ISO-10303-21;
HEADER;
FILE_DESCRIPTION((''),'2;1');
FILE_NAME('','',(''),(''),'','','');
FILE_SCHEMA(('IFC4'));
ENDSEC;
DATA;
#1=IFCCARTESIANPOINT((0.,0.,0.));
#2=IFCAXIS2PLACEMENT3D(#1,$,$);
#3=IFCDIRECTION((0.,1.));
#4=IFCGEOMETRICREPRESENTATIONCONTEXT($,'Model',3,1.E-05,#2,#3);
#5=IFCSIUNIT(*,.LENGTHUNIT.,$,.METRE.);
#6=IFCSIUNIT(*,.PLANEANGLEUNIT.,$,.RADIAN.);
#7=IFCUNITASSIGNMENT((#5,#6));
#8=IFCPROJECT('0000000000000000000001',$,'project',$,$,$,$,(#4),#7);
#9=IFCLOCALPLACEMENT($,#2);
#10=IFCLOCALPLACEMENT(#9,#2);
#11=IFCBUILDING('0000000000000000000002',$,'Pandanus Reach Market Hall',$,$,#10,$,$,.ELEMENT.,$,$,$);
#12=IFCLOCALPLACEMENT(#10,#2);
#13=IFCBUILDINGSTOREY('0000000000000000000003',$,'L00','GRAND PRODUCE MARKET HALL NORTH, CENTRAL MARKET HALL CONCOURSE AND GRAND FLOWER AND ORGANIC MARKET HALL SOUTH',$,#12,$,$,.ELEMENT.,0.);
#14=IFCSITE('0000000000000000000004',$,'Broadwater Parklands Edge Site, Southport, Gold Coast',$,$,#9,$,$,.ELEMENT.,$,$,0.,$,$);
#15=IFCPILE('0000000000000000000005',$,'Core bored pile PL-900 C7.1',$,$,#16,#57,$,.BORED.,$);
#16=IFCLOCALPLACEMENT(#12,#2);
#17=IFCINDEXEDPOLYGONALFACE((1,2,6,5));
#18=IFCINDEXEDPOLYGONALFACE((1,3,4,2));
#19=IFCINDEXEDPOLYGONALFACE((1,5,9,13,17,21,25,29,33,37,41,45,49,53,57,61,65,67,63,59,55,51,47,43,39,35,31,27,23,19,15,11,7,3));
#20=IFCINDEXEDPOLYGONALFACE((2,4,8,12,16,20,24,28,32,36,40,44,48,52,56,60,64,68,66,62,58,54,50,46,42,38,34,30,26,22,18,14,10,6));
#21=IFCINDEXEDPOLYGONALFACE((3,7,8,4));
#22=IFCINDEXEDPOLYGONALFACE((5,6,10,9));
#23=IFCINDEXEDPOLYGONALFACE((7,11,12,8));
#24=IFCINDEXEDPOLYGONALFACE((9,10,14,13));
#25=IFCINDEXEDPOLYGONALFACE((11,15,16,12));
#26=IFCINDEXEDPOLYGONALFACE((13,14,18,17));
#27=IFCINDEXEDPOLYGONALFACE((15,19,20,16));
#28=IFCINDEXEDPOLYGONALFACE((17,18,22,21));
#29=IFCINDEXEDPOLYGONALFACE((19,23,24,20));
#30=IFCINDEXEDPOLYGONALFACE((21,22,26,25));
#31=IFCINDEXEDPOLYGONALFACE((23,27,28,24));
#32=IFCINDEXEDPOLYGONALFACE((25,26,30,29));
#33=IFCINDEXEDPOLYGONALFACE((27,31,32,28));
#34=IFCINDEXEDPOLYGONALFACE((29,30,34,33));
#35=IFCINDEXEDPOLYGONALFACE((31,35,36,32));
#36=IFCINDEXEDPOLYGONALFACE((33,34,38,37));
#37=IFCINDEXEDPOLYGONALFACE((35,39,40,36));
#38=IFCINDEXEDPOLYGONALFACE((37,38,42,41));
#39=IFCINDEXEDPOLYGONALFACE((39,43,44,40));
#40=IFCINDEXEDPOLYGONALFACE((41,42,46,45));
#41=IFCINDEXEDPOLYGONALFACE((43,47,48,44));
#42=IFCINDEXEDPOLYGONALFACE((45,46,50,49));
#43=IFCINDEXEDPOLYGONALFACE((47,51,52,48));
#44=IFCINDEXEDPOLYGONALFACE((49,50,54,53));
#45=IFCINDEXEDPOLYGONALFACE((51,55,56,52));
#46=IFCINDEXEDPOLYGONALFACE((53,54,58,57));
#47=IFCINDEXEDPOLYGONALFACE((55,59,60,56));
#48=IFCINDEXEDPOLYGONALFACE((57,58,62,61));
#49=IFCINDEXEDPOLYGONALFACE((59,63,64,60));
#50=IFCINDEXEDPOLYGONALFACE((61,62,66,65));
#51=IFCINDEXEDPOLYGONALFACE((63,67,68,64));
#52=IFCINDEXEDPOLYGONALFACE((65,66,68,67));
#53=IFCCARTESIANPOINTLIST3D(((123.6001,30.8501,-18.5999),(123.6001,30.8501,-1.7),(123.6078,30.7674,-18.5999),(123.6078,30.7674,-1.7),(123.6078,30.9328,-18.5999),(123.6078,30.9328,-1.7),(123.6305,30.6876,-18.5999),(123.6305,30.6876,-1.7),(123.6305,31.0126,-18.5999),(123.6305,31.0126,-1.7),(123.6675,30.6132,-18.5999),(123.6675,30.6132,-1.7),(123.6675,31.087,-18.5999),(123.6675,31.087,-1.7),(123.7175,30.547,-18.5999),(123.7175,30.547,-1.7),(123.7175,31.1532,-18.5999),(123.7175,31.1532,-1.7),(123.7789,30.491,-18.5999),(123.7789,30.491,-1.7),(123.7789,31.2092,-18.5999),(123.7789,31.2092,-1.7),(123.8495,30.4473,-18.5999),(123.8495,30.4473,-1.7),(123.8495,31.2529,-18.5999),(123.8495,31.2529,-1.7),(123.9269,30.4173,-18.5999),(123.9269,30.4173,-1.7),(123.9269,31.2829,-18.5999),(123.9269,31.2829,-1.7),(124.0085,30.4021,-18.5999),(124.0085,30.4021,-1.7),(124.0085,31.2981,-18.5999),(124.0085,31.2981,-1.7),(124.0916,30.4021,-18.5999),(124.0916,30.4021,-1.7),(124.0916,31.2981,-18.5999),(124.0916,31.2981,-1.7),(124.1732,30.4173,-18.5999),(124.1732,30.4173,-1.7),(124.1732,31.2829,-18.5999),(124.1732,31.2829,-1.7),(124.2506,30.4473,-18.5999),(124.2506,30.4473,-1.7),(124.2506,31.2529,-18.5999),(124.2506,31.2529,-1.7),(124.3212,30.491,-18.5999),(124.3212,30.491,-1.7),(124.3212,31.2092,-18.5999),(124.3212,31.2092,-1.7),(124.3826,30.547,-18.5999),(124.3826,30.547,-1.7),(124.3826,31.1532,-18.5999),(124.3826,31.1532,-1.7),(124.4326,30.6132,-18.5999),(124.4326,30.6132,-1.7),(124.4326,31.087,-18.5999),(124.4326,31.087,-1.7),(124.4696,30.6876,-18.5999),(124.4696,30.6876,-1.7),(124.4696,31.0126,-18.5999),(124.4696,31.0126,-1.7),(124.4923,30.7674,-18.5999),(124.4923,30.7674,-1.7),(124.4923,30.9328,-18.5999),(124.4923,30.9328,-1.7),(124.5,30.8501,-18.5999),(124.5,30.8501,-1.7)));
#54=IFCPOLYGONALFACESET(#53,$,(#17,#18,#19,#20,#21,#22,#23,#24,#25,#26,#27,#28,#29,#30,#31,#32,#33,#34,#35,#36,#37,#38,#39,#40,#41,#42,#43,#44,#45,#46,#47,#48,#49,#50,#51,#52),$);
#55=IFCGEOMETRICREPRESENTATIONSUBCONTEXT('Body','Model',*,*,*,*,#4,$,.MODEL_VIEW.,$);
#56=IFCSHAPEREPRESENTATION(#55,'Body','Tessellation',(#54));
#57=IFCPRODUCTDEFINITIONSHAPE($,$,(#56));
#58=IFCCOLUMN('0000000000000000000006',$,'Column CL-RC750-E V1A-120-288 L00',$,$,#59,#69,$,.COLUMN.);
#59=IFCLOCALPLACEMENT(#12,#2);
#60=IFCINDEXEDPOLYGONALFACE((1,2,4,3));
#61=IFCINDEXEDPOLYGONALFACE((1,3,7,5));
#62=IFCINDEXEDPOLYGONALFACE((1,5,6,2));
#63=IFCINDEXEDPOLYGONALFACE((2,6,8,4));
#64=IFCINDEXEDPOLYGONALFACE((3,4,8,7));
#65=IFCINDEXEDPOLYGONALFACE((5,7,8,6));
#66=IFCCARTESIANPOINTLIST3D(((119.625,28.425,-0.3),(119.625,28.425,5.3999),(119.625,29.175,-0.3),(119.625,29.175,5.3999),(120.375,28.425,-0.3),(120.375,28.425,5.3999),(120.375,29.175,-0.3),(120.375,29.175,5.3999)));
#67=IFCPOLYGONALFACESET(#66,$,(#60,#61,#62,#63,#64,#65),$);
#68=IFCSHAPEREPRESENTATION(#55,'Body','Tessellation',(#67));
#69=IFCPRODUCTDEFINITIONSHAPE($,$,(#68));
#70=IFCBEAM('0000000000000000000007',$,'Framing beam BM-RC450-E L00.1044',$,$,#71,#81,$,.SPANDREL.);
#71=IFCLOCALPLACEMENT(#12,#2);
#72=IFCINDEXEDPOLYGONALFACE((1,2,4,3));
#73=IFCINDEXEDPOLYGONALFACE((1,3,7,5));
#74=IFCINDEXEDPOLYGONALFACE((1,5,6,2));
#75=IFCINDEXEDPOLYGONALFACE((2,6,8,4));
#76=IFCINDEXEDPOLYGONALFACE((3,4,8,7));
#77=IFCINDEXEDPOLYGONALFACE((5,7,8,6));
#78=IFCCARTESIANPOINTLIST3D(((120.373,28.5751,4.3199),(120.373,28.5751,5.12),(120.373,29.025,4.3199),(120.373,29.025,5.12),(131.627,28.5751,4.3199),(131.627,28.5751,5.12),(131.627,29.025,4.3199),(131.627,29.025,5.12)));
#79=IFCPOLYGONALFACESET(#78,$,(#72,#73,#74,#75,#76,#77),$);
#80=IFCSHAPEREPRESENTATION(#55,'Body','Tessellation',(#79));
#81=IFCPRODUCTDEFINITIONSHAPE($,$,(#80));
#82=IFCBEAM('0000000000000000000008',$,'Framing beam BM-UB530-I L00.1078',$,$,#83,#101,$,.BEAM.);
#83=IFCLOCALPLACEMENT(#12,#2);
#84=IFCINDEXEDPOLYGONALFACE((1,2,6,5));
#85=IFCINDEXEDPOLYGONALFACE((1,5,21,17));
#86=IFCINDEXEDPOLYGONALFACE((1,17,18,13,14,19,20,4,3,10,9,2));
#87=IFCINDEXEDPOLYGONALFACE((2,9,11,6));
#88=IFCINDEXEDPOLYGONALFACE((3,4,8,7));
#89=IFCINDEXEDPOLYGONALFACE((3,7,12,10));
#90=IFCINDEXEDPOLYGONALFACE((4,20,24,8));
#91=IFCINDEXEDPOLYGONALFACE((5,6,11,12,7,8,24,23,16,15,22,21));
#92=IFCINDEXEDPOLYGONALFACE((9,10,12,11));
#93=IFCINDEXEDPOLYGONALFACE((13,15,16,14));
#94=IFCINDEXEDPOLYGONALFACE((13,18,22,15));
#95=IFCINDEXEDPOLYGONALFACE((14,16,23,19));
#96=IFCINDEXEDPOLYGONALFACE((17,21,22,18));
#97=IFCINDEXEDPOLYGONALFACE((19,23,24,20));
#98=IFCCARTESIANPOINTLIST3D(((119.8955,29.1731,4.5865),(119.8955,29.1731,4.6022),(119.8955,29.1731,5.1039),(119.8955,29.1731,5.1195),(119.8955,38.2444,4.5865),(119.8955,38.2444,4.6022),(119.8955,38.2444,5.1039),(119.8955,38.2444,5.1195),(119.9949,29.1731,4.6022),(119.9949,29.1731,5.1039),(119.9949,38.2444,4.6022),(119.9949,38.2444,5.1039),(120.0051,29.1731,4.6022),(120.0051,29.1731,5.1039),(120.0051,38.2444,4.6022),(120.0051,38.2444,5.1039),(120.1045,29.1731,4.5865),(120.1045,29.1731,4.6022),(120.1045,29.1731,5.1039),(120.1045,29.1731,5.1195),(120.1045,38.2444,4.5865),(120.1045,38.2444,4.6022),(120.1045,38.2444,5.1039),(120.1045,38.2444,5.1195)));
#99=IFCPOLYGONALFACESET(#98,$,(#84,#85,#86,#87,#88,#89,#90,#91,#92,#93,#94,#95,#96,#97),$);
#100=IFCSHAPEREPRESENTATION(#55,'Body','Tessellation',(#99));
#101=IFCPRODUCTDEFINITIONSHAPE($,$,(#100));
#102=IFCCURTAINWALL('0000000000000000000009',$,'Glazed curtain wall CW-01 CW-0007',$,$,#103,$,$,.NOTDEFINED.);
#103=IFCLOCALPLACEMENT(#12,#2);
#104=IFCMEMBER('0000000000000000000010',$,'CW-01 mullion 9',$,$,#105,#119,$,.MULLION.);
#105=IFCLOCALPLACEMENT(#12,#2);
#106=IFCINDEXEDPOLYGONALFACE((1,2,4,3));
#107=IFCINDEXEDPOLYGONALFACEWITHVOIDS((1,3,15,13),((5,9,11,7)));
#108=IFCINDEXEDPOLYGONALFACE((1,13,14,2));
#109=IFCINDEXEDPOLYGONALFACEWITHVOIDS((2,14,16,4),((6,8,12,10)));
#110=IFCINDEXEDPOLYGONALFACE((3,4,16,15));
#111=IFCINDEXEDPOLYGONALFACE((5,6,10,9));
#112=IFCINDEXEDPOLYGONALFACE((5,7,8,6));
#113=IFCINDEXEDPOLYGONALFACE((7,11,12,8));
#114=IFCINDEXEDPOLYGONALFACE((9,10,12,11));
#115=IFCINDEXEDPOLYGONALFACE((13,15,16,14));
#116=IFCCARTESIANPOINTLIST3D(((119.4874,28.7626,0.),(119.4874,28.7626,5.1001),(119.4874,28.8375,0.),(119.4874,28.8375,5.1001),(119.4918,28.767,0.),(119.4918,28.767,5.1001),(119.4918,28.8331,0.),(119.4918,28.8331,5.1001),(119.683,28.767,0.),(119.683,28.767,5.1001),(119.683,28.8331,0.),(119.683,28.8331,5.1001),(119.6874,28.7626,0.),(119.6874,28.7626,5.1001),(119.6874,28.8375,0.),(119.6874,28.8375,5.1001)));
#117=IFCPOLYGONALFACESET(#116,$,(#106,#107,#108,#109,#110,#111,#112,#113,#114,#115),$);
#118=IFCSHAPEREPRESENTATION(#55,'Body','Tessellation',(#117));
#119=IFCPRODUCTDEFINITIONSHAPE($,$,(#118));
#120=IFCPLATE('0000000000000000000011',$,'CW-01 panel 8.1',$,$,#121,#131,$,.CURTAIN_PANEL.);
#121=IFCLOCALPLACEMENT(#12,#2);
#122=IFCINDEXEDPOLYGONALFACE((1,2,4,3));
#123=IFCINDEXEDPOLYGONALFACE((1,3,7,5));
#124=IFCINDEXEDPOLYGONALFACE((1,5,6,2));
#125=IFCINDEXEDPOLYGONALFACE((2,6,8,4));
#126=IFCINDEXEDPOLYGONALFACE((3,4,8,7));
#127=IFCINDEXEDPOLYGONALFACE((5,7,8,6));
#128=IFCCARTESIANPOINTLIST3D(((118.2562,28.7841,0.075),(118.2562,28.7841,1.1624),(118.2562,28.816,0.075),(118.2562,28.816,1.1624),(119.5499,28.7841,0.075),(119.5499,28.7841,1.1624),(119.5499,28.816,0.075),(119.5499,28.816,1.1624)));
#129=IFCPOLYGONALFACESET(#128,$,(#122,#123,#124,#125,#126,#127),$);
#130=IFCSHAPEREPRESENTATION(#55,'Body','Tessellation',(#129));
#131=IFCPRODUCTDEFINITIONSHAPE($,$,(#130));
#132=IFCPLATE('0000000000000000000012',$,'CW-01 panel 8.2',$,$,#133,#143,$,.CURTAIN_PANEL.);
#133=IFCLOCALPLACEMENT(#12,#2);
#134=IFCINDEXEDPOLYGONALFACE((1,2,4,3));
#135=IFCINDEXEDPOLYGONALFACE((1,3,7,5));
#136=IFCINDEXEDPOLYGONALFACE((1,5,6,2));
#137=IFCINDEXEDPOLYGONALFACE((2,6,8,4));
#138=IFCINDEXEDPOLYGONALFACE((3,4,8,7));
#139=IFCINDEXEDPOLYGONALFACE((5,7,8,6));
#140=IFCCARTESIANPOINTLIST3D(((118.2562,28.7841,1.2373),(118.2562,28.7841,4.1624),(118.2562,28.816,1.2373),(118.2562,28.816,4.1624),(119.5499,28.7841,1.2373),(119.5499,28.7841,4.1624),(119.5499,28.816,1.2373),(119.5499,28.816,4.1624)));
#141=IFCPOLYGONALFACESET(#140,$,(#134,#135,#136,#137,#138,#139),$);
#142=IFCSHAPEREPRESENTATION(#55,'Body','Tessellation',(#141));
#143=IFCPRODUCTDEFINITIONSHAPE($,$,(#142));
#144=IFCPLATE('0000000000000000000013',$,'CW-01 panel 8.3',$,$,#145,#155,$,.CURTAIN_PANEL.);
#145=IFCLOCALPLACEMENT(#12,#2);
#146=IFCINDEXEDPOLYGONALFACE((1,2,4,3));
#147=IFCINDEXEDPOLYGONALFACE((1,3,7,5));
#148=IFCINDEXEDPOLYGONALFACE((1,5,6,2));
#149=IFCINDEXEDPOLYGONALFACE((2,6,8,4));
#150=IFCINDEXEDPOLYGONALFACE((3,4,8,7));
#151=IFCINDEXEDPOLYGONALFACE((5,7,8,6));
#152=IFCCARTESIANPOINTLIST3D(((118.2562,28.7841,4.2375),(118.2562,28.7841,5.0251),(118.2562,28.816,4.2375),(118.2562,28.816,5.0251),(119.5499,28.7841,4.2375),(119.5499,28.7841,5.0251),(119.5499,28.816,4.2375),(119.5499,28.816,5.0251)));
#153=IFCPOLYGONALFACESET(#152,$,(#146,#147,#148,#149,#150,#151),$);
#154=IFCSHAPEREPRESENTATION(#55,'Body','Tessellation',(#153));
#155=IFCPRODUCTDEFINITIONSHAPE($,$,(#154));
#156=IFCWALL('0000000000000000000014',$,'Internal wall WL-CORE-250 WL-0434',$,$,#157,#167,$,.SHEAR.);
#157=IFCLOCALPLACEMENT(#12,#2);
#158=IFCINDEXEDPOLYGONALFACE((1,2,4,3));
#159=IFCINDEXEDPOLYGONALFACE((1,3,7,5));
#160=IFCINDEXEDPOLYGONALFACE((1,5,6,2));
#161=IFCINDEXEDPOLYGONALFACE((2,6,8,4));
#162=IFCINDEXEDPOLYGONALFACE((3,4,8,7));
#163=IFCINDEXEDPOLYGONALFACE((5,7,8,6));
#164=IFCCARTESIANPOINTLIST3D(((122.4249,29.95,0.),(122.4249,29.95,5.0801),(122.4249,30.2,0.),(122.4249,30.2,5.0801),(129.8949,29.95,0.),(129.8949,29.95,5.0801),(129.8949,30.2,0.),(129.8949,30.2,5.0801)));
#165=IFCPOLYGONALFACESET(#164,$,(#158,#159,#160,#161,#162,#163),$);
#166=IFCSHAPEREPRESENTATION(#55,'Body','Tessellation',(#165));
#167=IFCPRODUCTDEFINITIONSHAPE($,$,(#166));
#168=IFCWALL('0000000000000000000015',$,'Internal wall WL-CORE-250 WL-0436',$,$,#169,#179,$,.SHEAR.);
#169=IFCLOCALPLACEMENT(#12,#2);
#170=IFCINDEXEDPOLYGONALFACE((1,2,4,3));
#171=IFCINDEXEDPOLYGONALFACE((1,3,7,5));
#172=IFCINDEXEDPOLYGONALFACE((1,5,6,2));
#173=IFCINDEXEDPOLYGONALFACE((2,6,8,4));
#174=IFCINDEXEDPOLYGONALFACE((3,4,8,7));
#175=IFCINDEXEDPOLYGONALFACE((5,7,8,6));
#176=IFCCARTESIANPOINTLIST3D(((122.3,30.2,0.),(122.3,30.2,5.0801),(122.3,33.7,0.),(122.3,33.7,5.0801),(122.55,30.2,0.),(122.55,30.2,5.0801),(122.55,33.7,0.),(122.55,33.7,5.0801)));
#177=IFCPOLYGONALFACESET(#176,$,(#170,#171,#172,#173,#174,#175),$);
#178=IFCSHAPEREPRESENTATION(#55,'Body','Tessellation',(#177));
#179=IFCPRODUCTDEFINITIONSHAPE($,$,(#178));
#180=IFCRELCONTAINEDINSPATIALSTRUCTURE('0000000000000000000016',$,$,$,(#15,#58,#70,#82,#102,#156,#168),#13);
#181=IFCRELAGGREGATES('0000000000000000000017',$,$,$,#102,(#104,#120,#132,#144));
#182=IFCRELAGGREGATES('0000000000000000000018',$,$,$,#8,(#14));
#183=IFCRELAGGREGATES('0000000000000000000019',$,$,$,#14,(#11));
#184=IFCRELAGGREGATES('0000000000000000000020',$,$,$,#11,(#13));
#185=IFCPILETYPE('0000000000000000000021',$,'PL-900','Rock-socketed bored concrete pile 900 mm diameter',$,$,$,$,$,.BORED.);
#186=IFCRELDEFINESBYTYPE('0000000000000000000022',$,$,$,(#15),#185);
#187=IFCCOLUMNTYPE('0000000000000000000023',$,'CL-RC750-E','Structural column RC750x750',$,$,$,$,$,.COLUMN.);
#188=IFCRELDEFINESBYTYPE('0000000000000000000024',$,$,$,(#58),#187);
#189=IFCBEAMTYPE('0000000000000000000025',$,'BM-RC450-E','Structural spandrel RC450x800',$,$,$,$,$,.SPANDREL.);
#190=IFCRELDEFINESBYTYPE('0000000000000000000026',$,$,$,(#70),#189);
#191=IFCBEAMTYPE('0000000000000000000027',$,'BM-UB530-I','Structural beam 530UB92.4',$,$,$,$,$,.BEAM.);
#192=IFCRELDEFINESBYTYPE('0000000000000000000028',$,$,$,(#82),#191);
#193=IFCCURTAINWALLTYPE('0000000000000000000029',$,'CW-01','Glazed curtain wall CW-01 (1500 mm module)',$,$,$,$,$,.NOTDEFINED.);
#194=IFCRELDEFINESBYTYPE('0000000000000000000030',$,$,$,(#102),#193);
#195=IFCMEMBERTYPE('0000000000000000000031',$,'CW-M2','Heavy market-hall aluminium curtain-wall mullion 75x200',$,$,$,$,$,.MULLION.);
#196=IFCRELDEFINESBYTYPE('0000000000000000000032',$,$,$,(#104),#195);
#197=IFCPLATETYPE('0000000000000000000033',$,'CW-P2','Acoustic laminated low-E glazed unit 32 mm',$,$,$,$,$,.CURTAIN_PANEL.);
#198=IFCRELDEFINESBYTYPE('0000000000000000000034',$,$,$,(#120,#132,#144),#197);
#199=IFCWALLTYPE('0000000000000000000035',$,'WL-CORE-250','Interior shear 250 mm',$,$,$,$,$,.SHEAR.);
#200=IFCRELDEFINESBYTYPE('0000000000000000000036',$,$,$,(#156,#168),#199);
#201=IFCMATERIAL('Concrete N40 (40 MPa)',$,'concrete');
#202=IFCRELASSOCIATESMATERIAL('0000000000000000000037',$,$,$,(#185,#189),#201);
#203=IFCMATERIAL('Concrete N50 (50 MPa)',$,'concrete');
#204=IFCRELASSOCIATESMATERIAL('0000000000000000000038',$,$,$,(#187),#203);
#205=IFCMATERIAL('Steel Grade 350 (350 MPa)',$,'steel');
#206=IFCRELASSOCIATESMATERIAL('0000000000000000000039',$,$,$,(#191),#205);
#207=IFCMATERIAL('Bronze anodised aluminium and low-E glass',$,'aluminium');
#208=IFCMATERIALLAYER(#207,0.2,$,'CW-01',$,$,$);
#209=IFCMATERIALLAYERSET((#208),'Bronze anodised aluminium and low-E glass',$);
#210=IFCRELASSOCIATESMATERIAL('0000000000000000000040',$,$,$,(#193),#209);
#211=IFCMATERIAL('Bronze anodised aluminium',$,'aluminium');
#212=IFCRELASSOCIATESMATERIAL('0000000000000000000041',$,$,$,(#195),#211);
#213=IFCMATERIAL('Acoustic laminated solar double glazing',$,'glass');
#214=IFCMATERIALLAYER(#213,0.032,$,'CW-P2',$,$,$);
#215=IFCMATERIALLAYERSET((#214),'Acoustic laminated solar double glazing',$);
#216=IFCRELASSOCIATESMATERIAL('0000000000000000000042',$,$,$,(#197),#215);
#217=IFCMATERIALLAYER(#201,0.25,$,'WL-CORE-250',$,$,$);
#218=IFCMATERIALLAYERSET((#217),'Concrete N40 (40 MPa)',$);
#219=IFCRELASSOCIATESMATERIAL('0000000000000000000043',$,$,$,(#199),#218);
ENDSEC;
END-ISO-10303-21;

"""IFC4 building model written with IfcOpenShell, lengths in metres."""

from ifc_helpers import new_model, si_unit, direction, frame, frame_2d, origin, origin_2d, place, context, subcontext, project, spatial, rectangle, hollow_rectangle, circle, i_section, extrude, material, layer, layer_set, material_profile, profile_set, type_object, element, aggregate, save


model = new_model("IFC4")

# Units and contexts
model_context = context("Model", 3, precision=1e-05, world=origin(), true_north=direction((0.0, 1.0)))
body_context = subcontext(model_context, "Body", "Model", "MODEL_VIEW")
ifc_project = project(units=[si_unit("LENGTHUNIT", "METRE"), si_unit("PLANEANGLEUNIT", "RADIAN")], contexts=[model_context])

# Site, building, storey
site_placement = place(None, origin())
site = spatial("IfcSite", under=ifc_project, at=site_placement, Name="Broadwater Parklands Edge Site, Southport, Gold Coast", CompositionType="ELEMENT", RefElevation=0.0)
building_placement = place(site_placement, origin())
building = spatial("IfcBuilding", under=site, at=building_placement, Name="Pandanus Reach Market Hall", CompositionType="ELEMENT")
storey_placement = place(building_placement, origin())
storey = spatial("IfcBuildingStorey", under=building, at=storey_placement, Name="L00", Description="GRAND PRODUCE MARKET HALL NORTH, CENTRAL MARKET HALL CONCOURSE AND GRAND FLOWER AND ORGANIC MARKET HALL SOUTH", CompositionType="ELEMENT", Elevation=0.0)

# Shared definitions
ifc_material_1 = material(Name="Concrete N40 (40 MPa)", Category="concrete")

# Pile
ifc_material_profile_1 = material_profile(ifc_material_1, circle(Radius=0.45, at=origin_2d()), Name="PILE-900D", Category="LoadBearing")
ifc_profile_set_1 = profile_set([ifc_material_profile_1], Name="Concrete N40 (40 MPa)")
pile_type_1 = type_object("IfcPileType", Name="PL-900", Description="Rock-socketed bored concrete pile 900 mm diameter", PredefinedType="BORED", material=ifc_profile_set_1)
pile_placement = place(storey_placement, frame((124.05, 30.8501, -1.7), z_axis=(0.0, 0.0, -1.0), x_axis=(1.0, 0.0, 0.0)))
element("IfcPile", 1, at=pile_placement, inside=storey, type_object=pile_type_1, Name="Core bored pile PL-900 C7.1", PredefinedType="BORED", context=body_context, shape_type="SweptSolid", body=[
    extrude(circle(Radius=0.45, at=origin_2d()), origin(), (0.0, 0.0, 1.0), 16.8999),
])

# Column
ifc_material_2 = material(Name="Concrete N50 (50 MPa)", Category="concrete")
ifc_material_profile_2 = material_profile(ifc_material_2, rectangle(XDim=0.75, YDim=0.75, at=origin_2d()), Name="RC750x750", Category="LoadBearing")
ifc_profile_set_2 = profile_set([ifc_material_profile_2], Name="Concrete N50 (50 MPa)")
column_type = type_object("IfcColumnType", Name="CL-RC750-E", Description="Structural column RC750x750", PredefinedType="COLUMN", material=ifc_profile_set_2)
column_placement = place(storey_placement, frame((120.0, 28.8, -0.3), z_axis=(0.0, 0.0, 1.0), x_axis=(1.0, 0.0, 0.0)))
element("IfcColumn", 2, at=column_placement, inside=storey, type_object=column_type, Name="Column CL-RC750-E V1A-120-288 L00", PredefinedType="COLUMN", context=body_context, shape_type="SweptSolid", body=[
    extrude(rectangle(XDim=0.75, YDim=0.75, at=origin_2d()), origin(), (0.0, 0.0, 1.0), 5.7),
])

# Beams
ifc_material_profile_3 = material_profile(ifc_material_1, rectangle(XDim=0.45, YDim=0.8, at=origin_2d()), Name="RC450x800", Category="LoadBearing")
ifc_profile_set_3 = profile_set([ifc_material_profile_3], Name="Concrete N40 (40 MPa)")
beam_type_1 = type_object("IfcBeamType", Name="BM-RC450-E", Description="Structural spandrel RC450x800", PredefinedType="SPANDREL", material=ifc_profile_set_3)
beam_1_placement = place(storey_placement, frame((120.373, 28.8, 4.72), z_axis=(1.0, 0.0, 0.0), x_axis=(0.0, 1.0, 0.0)))
element("IfcBeam", 3, at=beam_1_placement, inside=storey, type_object=beam_type_1, Name="Framing beam BM-RC450-E L00.1044", PredefinedType="SPANDREL", context=body_context, shape_type="SweptSolid", body=[
    extrude(rectangle(XDim=0.45, YDim=0.8, at=origin_2d()), origin(), (0.0, 0.0, 1.0), 11.2539),
])
ifc_material_3 = material(Name="Steel Grade 350 (350 MPa)", Category="steel")
ifc_material_profile_4 = material_profile(ifc_material_3, i_section(OverallWidth=0.209, OverallDepth=0.533, WebThickness=0.0103, FlangeThickness=0.0156, at=origin_2d()), Name="530UB92.4", Category="LoadBearing")
ifc_profile_set_4 = profile_set([ifc_material_profile_4], Name="Steel Grade 350 (350 MPa)")
beam_type_2 = type_object("IfcBeamType", Name="BM-UB530-I", Description="Structural beam 530UB92.4", PredefinedType="BEAM", material=ifc_profile_set_4)
beam_2_placement = place(storey_placement, frame((120.0, 29.1731, 4.853), z_axis=(0.0, 1.0, 0.0), x_axis=(-1.0, 0.0, 0.0)))
element("IfcBeam", 4, at=beam_2_placement, inside=storey, type_object=beam_type_2, Name="Framing beam BM-UB530-I L00.1078", PredefinedType="BEAM", context=body_context, shape_type="SweptSolid", body=[
    extrude(i_section(OverallWidth=0.209, OverallDepth=0.533, WebThickness=0.0103, FlangeThickness=0.0156, at=origin_2d()), origin(), (0.0, 0.0, 1.0), 9.0713),
])

# Curtain wall, member, plates
ifc_material_4 = material(Name="Bronze anodised aluminium and low-E glass", Category="aluminium")
ifc_layer_1 = layer(ifc_material_4, 0.2, Name="CW-01")
ifc_layer_set_1 = layer_set([ifc_layer_1], Name="Bronze anodised aluminium and low-E glass")
curtain_wall_type = type_object("IfcCurtainWallType", Name="CW-01", Description="Glazed curtain wall CW-01 (1500 mm module)", PredefinedType="NOTDEFINED", material=ifc_layer_set_1)
curtain_wall_placement = place(storey_placement, origin())
curtain_wall = element("IfcCurtainWall", 5, at=curtain_wall_placement, inside=storey, type_object=curtain_wall_type, Name="Glazed curtain wall CW-01 CW-0007", PredefinedType="NOTDEFINED")
ifc_material_5 = material(Name="Bronze anodised aluminium", Category="aluminium")
ifc_material_profile_5 = material_profile(ifc_material_5, hollow_rectangle(XDim=0.075, YDim=0.2, WallThickness=0.0044, at=origin_2d()), Name="ALU75x200", Category="LoadBearing")
ifc_profile_set_5 = profile_set([ifc_material_profile_5], Name="Bronze anodised aluminium")
member_type = type_object("IfcMemberType", Name="CW-M2", Description="Heavy market-hall aluminium curtain-wall mullion 75x200", PredefinedType="MULLION", material=ifc_profile_set_5)
member_placement = place(storey_placement, frame((119.5874, 28.8, 0.0), z_axis=(0.0, 0.0, 1.0), x_axis=(0.0, 1.0, 0.0)))
member = element("IfcMember", 6, at=member_placement, type_object=member_type, Name="CW-01 mullion 9", PredefinedType="MULLION", context=body_context, shape_type="SweptSolid", body=[
    extrude(hollow_rectangle(XDim=0.075, YDim=0.2, WallThickness=0.0044, at=origin_2d()), origin(), (0.0, 0.0, 1.0), 5.1001),
])
ifc_material_6 = material(Name="Acoustic laminated solar double glazing", Category="glass")
ifc_layer_2 = layer(ifc_material_6, 0.032, Name="CW-P2")
ifc_layer_set_2 = layer_set([ifc_layer_2], Name="Acoustic laminated solar double glazing")
plate_type = type_object("IfcPlateType", Name="CW-P2", Description="Acoustic laminated low-E glazed unit 32 mm", PredefinedType="CURTAIN_PANEL", material=ifc_layer_set_2)
plate_1_placement = place(storey_placement, frame((118.9031, 28.8, 0.075), z_axis=(0.0, 0.0, 1.0), x_axis=(1.0, 0.0, 0.0)))
plate_1 = element("IfcPlate", 7, at=plate_1_placement, type_object=plate_type, Name="CW-01 panel 8.1", PredefinedType="CURTAIN_PANEL", context=body_context, shape_type="SweptSolid", body=[
    extrude(rectangle(XDim=1.2937, YDim=0.032, at=origin_2d()), origin(), (0.0, 0.0, 1.0), 1.0874),
])
plate_2_placement = place(storey_placement, frame((118.9031, 28.8, 1.2373), z_axis=(0.0, 0.0, 1.0), x_axis=(1.0, 0.0, 0.0)))
plate_2 = element("IfcPlate", 8, at=plate_2_placement, type_object=plate_type, Name="CW-01 panel 8.2", PredefinedType="CURTAIN_PANEL", context=body_context, shape_type="SweptSolid", body=[
    extrude(rectangle(XDim=1.2937, YDim=0.032, at=origin_2d()), origin(), (0.0, 0.0, 1.0), 2.925),
])
plate_3_placement = place(storey_placement, frame((118.9031, 28.8, 4.2375), z_axis=(0.0, 0.0, 1.0), x_axis=(1.0, 0.0, 0.0)))
plate_3 = element("IfcPlate", 9, at=plate_3_placement, type_object=plate_type, Name="CW-01 panel 8.3", PredefinedType="CURTAIN_PANEL", context=body_context, shape_type="SweptSolid", body=[
    extrude(rectangle(XDim=1.2937, YDim=0.032, at=origin_2d()), origin(), (0.0, 0.0, 1.0), 0.7876),
])
aggregate(curtain_wall, [member, plate_1, plate_2, plate_3])

# Walls
ifc_layer_3 = layer(ifc_material_1, 0.25, Name="WL-CORE-250")
ifc_layer_set_3 = layer_set([ifc_layer_3], Name="Concrete N40 (40 MPa)")
wall_type_1 = type_object("IfcWallType", Name="WL-CORE-250", Description="Interior shear 250 mm", PredefinedType="SHEAR", material=ifc_layer_set_3)
wall_1_placement = place(storey_placement, frame((122.425, 30.075, 0.0), z_axis=(0.0, 0.0, 1.0), x_axis=(1.0, 0.0, 0.0)))
element("IfcWall", 10, at=wall_1_placement, inside=storey, type_object=wall_type_1, Name="Internal wall WL-CORE-250 WL-0434", PredefinedType="SHEAR", context=body_context, shape_type="SweptSolid", body=[
    extrude(rectangle(XDim=7.47, YDim=0.25, at=frame_2d((3.7349, 0.0))), origin(), (0.0, 0.0, 1.0), 5.0801),
])
wall_2_placement = place(storey_placement, frame((122.425, 30.2, 0.0), z_axis=(0.0, 0.0, 1.0), x_axis=(0.0, 1.0, 0.0)))
element("IfcWall", 11, at=wall_2_placement, inside=storey, type_object=wall_type_1, Name="Internal wall WL-CORE-250 WL-0436", PredefinedType="SHEAR", context=body_context, shape_type="SweptSolid", body=[
    extrude(rectangle(XDim=3.5, YDim=0.25, at=frame_2d((1.75, 0.0))), origin(), (0.0, 0.0, 1.0), 5.0801),
])

save(model, "model.ifc")
